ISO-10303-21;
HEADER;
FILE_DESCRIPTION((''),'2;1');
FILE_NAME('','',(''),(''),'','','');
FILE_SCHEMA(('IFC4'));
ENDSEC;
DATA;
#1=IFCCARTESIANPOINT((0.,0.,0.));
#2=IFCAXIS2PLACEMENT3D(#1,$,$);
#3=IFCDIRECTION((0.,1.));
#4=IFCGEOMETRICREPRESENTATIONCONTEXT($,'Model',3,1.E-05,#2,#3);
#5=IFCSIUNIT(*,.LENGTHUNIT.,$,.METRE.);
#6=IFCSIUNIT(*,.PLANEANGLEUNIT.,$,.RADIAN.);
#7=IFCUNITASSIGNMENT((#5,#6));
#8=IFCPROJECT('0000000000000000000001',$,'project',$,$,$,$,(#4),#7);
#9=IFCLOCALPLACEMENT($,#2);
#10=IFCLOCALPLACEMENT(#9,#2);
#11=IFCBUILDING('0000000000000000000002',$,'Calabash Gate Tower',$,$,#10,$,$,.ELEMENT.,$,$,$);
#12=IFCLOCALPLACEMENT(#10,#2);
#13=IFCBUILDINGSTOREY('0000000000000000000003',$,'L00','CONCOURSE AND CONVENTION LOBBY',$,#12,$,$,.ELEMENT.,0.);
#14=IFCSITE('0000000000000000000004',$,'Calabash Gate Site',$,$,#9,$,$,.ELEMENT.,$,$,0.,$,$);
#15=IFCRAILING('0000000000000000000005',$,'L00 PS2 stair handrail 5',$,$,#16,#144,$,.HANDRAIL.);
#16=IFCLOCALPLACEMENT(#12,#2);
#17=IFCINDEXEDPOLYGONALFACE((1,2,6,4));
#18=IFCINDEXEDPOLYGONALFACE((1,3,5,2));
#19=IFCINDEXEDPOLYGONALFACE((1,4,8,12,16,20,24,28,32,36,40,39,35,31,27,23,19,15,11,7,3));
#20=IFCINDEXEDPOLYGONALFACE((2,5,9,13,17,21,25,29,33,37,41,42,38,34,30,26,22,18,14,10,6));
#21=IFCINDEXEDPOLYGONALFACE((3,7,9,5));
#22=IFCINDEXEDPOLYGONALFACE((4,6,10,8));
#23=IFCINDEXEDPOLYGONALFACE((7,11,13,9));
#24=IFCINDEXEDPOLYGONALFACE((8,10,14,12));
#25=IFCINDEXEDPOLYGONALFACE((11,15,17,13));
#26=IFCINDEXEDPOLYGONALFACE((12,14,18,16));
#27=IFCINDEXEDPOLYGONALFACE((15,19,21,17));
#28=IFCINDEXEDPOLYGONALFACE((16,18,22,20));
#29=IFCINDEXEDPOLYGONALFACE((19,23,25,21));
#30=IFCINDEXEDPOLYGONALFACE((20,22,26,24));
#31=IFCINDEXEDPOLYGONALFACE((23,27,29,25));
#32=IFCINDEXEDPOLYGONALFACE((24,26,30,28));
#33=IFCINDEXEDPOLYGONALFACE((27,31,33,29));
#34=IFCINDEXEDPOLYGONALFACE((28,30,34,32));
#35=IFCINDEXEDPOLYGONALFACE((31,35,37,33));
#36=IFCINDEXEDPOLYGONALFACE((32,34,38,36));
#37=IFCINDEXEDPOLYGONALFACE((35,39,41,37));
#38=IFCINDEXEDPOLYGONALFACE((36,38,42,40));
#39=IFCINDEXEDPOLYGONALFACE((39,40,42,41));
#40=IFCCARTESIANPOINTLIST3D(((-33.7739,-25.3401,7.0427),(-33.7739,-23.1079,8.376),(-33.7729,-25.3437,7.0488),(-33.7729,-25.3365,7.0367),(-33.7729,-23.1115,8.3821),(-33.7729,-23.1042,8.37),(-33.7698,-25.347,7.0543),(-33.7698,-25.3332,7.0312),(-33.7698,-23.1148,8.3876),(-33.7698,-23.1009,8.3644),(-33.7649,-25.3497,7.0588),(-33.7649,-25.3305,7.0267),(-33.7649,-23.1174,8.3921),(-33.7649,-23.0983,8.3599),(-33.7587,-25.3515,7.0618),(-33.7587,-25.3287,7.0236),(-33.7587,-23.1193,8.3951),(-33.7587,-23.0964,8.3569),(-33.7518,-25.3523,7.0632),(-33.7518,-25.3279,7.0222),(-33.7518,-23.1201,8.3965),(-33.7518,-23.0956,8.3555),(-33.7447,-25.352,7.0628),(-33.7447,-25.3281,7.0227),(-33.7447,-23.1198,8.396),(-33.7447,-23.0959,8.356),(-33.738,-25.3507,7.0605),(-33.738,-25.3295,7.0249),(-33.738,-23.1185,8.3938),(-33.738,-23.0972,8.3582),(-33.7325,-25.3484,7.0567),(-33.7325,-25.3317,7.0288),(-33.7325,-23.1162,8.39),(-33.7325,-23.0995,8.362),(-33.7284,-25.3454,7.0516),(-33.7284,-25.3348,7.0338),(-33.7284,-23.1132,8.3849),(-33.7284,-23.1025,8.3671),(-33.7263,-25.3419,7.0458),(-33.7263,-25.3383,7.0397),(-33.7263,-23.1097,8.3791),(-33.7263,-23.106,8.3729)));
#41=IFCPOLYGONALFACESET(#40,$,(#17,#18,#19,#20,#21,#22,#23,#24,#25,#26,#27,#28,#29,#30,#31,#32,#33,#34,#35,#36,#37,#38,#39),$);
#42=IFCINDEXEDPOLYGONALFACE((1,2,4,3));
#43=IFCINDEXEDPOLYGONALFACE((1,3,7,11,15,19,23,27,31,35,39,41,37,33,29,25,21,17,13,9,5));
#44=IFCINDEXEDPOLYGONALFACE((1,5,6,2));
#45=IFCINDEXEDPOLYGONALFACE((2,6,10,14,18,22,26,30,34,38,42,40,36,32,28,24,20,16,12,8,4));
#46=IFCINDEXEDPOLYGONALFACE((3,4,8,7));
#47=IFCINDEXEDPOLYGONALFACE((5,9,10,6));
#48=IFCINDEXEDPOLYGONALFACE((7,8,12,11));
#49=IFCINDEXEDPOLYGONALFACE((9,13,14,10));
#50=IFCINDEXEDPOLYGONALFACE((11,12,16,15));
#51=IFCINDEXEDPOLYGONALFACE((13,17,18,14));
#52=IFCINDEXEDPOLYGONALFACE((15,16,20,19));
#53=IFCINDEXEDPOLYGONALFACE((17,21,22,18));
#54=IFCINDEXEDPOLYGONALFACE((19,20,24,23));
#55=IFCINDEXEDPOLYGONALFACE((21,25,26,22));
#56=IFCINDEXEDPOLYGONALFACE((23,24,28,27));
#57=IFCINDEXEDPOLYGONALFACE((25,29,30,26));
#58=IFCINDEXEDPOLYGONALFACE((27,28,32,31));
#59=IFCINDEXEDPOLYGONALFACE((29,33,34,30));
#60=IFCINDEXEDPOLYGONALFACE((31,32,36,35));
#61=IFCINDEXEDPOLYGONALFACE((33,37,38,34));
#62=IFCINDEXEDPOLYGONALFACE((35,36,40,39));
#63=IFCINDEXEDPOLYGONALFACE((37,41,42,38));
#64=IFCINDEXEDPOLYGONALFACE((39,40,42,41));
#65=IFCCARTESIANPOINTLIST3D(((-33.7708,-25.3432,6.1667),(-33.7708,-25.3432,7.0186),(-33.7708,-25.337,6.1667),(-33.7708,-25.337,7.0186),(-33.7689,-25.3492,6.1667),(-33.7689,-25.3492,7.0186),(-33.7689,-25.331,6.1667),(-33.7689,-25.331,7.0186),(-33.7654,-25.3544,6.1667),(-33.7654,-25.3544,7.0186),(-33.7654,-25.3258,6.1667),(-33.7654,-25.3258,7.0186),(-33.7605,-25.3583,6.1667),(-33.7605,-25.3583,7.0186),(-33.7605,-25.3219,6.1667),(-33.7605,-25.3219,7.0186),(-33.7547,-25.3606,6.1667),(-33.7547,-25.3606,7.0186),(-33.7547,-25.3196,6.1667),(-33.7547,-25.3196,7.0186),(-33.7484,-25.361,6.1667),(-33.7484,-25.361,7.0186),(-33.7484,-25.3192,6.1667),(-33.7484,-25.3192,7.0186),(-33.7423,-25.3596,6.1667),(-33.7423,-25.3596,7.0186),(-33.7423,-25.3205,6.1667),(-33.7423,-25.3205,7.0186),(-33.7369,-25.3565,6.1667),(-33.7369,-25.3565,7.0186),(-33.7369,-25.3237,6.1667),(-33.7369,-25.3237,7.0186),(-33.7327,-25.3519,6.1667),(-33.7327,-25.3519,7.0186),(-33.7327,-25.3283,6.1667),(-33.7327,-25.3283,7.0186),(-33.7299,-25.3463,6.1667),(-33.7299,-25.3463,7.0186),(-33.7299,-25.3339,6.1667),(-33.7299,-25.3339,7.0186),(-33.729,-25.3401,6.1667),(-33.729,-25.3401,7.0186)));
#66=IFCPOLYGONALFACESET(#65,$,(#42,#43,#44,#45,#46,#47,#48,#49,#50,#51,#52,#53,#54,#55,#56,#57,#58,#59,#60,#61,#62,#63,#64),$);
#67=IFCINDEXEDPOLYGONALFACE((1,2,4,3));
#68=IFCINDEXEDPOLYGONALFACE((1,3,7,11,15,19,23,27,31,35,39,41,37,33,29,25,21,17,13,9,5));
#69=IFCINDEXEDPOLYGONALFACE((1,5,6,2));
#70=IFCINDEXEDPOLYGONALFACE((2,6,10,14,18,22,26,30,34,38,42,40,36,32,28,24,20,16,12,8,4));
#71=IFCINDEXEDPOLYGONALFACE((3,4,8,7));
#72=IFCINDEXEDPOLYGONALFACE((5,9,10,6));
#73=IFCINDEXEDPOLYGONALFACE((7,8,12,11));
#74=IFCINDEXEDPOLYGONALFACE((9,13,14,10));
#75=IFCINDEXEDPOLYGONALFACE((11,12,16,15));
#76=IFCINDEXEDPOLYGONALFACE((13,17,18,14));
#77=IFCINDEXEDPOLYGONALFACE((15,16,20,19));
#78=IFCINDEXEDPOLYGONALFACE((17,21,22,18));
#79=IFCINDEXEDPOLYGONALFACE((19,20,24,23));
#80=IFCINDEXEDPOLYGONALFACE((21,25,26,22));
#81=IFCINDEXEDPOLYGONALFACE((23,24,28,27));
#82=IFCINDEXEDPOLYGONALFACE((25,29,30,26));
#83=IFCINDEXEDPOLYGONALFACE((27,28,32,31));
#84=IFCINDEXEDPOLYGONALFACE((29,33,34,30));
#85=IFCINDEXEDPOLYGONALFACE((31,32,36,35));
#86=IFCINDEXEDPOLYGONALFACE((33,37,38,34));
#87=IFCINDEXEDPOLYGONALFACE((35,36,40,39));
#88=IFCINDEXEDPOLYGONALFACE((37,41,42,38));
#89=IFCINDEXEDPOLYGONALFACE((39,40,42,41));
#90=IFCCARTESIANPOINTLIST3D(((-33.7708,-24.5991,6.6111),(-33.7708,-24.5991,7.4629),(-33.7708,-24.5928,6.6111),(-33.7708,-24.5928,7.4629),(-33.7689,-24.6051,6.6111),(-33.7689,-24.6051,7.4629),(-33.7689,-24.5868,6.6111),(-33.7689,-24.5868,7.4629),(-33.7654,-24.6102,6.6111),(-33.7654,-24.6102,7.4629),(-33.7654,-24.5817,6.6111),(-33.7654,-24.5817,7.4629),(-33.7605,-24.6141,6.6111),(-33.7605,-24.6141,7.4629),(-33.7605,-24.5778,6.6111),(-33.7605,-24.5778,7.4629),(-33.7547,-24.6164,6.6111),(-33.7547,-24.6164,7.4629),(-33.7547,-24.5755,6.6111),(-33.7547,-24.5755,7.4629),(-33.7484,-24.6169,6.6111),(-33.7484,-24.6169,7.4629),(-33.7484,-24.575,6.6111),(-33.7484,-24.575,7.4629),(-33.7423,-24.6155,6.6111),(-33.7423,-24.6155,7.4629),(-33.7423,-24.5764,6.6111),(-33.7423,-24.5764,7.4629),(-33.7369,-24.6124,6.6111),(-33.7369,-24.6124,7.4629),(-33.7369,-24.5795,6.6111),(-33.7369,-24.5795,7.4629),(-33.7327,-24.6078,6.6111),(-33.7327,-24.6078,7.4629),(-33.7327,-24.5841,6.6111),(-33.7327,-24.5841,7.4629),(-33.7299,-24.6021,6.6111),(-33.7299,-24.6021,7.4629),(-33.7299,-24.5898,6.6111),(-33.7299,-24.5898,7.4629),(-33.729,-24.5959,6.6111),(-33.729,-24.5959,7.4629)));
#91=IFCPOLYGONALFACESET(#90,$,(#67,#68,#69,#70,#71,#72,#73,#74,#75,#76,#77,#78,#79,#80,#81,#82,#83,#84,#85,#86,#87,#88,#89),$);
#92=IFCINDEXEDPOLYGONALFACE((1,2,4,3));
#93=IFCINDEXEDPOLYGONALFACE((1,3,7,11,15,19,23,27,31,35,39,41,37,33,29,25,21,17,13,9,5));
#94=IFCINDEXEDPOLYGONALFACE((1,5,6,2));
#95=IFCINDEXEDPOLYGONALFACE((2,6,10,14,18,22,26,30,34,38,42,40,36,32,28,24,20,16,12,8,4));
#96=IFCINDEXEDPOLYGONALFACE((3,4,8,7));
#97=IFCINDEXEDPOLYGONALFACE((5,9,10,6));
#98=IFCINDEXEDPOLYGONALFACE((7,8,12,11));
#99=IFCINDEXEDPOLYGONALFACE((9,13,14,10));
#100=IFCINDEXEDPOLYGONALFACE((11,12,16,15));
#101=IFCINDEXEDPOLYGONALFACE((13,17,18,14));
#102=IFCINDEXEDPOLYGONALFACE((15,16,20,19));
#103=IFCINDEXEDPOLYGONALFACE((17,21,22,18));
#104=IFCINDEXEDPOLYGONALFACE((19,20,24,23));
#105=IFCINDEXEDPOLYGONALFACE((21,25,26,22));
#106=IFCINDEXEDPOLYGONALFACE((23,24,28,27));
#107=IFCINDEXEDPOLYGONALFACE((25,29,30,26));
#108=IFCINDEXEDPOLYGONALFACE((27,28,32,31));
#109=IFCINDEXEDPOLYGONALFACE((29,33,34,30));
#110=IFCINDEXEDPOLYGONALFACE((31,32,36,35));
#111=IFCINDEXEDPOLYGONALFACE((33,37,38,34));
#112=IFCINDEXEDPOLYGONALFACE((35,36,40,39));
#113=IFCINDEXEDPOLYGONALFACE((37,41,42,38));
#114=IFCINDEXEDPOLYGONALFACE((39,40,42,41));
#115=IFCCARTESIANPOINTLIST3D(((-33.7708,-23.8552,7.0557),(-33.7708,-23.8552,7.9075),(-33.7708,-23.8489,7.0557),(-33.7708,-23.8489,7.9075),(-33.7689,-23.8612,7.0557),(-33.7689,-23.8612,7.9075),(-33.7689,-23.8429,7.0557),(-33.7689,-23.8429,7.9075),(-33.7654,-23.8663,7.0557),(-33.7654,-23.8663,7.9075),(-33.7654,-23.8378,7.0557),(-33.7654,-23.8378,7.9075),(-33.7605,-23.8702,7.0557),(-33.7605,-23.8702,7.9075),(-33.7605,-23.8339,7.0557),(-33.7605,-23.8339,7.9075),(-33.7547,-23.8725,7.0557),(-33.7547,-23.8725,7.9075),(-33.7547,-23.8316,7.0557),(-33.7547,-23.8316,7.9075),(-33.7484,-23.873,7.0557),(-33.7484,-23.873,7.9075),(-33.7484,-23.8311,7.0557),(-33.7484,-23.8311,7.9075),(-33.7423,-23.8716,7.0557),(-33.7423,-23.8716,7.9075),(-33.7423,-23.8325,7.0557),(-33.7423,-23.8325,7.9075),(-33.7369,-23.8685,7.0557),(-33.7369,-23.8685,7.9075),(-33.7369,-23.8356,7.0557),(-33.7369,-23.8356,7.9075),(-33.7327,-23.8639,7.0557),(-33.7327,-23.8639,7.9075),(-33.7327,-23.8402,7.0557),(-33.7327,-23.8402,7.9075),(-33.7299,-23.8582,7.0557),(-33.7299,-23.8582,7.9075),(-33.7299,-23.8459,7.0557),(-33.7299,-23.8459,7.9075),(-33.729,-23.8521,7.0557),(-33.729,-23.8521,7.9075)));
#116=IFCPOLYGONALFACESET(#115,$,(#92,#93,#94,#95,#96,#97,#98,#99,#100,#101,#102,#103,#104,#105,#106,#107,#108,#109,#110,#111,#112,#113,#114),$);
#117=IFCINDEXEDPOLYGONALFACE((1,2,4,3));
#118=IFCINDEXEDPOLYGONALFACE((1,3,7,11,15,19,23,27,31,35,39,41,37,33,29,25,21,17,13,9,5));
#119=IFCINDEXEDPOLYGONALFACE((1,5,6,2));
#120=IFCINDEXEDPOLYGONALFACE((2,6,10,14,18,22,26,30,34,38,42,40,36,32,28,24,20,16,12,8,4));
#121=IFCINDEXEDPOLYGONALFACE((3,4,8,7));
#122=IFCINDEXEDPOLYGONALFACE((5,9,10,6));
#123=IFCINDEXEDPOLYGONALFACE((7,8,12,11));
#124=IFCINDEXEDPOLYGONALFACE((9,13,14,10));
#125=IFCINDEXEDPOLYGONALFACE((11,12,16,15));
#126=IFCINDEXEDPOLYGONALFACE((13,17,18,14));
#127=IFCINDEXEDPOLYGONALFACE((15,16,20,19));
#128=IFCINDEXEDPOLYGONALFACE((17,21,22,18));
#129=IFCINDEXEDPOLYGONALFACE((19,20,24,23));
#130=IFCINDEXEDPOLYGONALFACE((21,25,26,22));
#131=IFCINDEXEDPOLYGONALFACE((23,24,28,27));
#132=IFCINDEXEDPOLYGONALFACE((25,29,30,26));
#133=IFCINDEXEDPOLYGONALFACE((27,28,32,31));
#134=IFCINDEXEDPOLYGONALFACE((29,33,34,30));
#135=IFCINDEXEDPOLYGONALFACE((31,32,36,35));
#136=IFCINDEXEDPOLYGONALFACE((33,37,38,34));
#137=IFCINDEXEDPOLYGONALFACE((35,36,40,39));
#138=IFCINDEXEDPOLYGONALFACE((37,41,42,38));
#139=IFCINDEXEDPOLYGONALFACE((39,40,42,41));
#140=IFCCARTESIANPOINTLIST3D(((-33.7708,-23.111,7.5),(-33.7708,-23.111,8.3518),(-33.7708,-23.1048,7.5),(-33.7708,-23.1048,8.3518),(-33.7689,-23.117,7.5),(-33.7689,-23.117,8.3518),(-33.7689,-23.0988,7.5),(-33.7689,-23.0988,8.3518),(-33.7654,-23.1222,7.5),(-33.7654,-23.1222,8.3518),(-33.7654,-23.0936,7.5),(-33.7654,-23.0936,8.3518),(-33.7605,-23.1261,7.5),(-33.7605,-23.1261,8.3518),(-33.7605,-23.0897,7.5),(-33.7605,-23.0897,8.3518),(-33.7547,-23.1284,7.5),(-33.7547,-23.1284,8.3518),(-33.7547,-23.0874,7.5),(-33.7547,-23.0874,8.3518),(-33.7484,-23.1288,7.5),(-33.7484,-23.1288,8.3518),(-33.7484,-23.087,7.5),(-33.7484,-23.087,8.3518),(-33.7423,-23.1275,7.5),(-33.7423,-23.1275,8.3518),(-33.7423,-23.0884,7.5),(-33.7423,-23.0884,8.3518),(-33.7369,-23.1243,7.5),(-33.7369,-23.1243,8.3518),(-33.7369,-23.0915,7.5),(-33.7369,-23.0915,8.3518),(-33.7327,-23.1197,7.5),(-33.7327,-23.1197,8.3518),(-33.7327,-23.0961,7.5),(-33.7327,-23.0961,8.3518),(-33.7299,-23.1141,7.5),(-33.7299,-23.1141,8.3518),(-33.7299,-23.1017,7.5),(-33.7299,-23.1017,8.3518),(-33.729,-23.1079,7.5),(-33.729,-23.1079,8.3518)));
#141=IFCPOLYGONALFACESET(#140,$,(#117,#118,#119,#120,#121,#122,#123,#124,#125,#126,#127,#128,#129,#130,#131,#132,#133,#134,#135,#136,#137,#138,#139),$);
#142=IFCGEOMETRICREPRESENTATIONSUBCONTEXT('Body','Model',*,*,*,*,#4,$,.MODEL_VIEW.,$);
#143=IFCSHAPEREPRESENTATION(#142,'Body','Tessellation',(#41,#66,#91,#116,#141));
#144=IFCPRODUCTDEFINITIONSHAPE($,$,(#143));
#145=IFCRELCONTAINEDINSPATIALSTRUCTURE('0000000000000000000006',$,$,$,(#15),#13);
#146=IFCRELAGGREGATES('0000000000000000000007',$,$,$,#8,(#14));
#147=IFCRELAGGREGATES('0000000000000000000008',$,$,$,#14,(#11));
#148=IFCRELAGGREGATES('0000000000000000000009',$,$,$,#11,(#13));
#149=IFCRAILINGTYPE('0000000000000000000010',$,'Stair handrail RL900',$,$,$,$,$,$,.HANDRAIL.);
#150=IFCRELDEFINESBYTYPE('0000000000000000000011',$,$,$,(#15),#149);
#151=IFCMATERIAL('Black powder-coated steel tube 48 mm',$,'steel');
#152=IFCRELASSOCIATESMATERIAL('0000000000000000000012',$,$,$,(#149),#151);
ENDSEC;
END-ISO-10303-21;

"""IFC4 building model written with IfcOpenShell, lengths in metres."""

from ifc_helpers import new_model, si_unit, direction, frame, origin, origin_2d, place, context, subcontext, project, spatial, circle, extrude, material, type_object, element, save


model = new_model("IFC4")

# Units and contexts
model_context = context("Model", 3, precision=1e-05, world=origin(), true_north=direction((0.0, 1.0)))
body_context = subcontext(model_context, "Body", "Model", "MODEL_VIEW")
ifc_project = project(units=[si_unit("LENGTHUNIT", "METRE"), si_unit("PLANEANGLEUNIT", "RADIAN")], contexts=[model_context])

# Site, building, storey
site_placement = place(None, origin())
site = spatial("IfcSite", under=ifc_project, at=site_placement, Name="Calabash Gate Site", CompositionType="ELEMENT", RefElevation=0.0)
building_placement = place(site_placement, origin())
building = spatial("IfcBuilding", under=site, at=building_placement, Name="Calabash Gate Tower", CompositionType="ELEMENT")
storey_placement = place(building_placement, origin())
storey = spatial("IfcBuildingStorey", under=building, at=storey_placement, Name="L00", Description="CONCOURSE AND CONVENTION LOBBY", CompositionType="ELEMENT", Elevation=0.0)

# Railing
ifc_material_1 = material(Name="Black powder-coated steel tube 48 mm", Category="steel")
railing_type = type_object("IfcRailingType", Name="Stair handrail RL900", PredefinedType="HANDRAIL", material=ifc_material_1)
for number, where, name in (
    (1, (-33.75, -25.3401, 6.1667), "L00 PS2 stair handrail 5"),
):
    element("IfcRailing", number, at=place(storey_placement, frame(where)), inside=storey, type_object=railing_type, Name=name, PredefinedType="HANDRAIL", context=body_context, shape_type="SweptSolid", body=[
        extrude(circle(Radius=0.0239, at=origin_2d()), frame((0.0, 0.0, 0.876), z_axis=(0.0, 0.858519, 0.512782), x_axis=(-1.0, 0.0, 0.0)), (0.0, 0.0, 1.0), 2.6001),
        extrude(circle(Radius=0.021, at=origin_2d()), origin(), (0.0, 0.0, 1.0), 0.8518),
        extrude(circle(Radius=0.021, at=origin_2d()), frame((0.0, 0.7441, 0.4443)), (0.0, 0.0, 1.0), 0.8518),
        extrude(circle(Radius=0.021, at=origin_2d()), frame((0.0, 1.488, 0.8889)), (0.0, 0.0, 1.0), 0.8518),
        extrude(circle(Radius=0.021, at=origin_2d()), frame((0.0, 2.2322, 1.3333)), (0.0, 0.0, 1.0), 0.8518),
    ])

save(model, "model.ifc")
